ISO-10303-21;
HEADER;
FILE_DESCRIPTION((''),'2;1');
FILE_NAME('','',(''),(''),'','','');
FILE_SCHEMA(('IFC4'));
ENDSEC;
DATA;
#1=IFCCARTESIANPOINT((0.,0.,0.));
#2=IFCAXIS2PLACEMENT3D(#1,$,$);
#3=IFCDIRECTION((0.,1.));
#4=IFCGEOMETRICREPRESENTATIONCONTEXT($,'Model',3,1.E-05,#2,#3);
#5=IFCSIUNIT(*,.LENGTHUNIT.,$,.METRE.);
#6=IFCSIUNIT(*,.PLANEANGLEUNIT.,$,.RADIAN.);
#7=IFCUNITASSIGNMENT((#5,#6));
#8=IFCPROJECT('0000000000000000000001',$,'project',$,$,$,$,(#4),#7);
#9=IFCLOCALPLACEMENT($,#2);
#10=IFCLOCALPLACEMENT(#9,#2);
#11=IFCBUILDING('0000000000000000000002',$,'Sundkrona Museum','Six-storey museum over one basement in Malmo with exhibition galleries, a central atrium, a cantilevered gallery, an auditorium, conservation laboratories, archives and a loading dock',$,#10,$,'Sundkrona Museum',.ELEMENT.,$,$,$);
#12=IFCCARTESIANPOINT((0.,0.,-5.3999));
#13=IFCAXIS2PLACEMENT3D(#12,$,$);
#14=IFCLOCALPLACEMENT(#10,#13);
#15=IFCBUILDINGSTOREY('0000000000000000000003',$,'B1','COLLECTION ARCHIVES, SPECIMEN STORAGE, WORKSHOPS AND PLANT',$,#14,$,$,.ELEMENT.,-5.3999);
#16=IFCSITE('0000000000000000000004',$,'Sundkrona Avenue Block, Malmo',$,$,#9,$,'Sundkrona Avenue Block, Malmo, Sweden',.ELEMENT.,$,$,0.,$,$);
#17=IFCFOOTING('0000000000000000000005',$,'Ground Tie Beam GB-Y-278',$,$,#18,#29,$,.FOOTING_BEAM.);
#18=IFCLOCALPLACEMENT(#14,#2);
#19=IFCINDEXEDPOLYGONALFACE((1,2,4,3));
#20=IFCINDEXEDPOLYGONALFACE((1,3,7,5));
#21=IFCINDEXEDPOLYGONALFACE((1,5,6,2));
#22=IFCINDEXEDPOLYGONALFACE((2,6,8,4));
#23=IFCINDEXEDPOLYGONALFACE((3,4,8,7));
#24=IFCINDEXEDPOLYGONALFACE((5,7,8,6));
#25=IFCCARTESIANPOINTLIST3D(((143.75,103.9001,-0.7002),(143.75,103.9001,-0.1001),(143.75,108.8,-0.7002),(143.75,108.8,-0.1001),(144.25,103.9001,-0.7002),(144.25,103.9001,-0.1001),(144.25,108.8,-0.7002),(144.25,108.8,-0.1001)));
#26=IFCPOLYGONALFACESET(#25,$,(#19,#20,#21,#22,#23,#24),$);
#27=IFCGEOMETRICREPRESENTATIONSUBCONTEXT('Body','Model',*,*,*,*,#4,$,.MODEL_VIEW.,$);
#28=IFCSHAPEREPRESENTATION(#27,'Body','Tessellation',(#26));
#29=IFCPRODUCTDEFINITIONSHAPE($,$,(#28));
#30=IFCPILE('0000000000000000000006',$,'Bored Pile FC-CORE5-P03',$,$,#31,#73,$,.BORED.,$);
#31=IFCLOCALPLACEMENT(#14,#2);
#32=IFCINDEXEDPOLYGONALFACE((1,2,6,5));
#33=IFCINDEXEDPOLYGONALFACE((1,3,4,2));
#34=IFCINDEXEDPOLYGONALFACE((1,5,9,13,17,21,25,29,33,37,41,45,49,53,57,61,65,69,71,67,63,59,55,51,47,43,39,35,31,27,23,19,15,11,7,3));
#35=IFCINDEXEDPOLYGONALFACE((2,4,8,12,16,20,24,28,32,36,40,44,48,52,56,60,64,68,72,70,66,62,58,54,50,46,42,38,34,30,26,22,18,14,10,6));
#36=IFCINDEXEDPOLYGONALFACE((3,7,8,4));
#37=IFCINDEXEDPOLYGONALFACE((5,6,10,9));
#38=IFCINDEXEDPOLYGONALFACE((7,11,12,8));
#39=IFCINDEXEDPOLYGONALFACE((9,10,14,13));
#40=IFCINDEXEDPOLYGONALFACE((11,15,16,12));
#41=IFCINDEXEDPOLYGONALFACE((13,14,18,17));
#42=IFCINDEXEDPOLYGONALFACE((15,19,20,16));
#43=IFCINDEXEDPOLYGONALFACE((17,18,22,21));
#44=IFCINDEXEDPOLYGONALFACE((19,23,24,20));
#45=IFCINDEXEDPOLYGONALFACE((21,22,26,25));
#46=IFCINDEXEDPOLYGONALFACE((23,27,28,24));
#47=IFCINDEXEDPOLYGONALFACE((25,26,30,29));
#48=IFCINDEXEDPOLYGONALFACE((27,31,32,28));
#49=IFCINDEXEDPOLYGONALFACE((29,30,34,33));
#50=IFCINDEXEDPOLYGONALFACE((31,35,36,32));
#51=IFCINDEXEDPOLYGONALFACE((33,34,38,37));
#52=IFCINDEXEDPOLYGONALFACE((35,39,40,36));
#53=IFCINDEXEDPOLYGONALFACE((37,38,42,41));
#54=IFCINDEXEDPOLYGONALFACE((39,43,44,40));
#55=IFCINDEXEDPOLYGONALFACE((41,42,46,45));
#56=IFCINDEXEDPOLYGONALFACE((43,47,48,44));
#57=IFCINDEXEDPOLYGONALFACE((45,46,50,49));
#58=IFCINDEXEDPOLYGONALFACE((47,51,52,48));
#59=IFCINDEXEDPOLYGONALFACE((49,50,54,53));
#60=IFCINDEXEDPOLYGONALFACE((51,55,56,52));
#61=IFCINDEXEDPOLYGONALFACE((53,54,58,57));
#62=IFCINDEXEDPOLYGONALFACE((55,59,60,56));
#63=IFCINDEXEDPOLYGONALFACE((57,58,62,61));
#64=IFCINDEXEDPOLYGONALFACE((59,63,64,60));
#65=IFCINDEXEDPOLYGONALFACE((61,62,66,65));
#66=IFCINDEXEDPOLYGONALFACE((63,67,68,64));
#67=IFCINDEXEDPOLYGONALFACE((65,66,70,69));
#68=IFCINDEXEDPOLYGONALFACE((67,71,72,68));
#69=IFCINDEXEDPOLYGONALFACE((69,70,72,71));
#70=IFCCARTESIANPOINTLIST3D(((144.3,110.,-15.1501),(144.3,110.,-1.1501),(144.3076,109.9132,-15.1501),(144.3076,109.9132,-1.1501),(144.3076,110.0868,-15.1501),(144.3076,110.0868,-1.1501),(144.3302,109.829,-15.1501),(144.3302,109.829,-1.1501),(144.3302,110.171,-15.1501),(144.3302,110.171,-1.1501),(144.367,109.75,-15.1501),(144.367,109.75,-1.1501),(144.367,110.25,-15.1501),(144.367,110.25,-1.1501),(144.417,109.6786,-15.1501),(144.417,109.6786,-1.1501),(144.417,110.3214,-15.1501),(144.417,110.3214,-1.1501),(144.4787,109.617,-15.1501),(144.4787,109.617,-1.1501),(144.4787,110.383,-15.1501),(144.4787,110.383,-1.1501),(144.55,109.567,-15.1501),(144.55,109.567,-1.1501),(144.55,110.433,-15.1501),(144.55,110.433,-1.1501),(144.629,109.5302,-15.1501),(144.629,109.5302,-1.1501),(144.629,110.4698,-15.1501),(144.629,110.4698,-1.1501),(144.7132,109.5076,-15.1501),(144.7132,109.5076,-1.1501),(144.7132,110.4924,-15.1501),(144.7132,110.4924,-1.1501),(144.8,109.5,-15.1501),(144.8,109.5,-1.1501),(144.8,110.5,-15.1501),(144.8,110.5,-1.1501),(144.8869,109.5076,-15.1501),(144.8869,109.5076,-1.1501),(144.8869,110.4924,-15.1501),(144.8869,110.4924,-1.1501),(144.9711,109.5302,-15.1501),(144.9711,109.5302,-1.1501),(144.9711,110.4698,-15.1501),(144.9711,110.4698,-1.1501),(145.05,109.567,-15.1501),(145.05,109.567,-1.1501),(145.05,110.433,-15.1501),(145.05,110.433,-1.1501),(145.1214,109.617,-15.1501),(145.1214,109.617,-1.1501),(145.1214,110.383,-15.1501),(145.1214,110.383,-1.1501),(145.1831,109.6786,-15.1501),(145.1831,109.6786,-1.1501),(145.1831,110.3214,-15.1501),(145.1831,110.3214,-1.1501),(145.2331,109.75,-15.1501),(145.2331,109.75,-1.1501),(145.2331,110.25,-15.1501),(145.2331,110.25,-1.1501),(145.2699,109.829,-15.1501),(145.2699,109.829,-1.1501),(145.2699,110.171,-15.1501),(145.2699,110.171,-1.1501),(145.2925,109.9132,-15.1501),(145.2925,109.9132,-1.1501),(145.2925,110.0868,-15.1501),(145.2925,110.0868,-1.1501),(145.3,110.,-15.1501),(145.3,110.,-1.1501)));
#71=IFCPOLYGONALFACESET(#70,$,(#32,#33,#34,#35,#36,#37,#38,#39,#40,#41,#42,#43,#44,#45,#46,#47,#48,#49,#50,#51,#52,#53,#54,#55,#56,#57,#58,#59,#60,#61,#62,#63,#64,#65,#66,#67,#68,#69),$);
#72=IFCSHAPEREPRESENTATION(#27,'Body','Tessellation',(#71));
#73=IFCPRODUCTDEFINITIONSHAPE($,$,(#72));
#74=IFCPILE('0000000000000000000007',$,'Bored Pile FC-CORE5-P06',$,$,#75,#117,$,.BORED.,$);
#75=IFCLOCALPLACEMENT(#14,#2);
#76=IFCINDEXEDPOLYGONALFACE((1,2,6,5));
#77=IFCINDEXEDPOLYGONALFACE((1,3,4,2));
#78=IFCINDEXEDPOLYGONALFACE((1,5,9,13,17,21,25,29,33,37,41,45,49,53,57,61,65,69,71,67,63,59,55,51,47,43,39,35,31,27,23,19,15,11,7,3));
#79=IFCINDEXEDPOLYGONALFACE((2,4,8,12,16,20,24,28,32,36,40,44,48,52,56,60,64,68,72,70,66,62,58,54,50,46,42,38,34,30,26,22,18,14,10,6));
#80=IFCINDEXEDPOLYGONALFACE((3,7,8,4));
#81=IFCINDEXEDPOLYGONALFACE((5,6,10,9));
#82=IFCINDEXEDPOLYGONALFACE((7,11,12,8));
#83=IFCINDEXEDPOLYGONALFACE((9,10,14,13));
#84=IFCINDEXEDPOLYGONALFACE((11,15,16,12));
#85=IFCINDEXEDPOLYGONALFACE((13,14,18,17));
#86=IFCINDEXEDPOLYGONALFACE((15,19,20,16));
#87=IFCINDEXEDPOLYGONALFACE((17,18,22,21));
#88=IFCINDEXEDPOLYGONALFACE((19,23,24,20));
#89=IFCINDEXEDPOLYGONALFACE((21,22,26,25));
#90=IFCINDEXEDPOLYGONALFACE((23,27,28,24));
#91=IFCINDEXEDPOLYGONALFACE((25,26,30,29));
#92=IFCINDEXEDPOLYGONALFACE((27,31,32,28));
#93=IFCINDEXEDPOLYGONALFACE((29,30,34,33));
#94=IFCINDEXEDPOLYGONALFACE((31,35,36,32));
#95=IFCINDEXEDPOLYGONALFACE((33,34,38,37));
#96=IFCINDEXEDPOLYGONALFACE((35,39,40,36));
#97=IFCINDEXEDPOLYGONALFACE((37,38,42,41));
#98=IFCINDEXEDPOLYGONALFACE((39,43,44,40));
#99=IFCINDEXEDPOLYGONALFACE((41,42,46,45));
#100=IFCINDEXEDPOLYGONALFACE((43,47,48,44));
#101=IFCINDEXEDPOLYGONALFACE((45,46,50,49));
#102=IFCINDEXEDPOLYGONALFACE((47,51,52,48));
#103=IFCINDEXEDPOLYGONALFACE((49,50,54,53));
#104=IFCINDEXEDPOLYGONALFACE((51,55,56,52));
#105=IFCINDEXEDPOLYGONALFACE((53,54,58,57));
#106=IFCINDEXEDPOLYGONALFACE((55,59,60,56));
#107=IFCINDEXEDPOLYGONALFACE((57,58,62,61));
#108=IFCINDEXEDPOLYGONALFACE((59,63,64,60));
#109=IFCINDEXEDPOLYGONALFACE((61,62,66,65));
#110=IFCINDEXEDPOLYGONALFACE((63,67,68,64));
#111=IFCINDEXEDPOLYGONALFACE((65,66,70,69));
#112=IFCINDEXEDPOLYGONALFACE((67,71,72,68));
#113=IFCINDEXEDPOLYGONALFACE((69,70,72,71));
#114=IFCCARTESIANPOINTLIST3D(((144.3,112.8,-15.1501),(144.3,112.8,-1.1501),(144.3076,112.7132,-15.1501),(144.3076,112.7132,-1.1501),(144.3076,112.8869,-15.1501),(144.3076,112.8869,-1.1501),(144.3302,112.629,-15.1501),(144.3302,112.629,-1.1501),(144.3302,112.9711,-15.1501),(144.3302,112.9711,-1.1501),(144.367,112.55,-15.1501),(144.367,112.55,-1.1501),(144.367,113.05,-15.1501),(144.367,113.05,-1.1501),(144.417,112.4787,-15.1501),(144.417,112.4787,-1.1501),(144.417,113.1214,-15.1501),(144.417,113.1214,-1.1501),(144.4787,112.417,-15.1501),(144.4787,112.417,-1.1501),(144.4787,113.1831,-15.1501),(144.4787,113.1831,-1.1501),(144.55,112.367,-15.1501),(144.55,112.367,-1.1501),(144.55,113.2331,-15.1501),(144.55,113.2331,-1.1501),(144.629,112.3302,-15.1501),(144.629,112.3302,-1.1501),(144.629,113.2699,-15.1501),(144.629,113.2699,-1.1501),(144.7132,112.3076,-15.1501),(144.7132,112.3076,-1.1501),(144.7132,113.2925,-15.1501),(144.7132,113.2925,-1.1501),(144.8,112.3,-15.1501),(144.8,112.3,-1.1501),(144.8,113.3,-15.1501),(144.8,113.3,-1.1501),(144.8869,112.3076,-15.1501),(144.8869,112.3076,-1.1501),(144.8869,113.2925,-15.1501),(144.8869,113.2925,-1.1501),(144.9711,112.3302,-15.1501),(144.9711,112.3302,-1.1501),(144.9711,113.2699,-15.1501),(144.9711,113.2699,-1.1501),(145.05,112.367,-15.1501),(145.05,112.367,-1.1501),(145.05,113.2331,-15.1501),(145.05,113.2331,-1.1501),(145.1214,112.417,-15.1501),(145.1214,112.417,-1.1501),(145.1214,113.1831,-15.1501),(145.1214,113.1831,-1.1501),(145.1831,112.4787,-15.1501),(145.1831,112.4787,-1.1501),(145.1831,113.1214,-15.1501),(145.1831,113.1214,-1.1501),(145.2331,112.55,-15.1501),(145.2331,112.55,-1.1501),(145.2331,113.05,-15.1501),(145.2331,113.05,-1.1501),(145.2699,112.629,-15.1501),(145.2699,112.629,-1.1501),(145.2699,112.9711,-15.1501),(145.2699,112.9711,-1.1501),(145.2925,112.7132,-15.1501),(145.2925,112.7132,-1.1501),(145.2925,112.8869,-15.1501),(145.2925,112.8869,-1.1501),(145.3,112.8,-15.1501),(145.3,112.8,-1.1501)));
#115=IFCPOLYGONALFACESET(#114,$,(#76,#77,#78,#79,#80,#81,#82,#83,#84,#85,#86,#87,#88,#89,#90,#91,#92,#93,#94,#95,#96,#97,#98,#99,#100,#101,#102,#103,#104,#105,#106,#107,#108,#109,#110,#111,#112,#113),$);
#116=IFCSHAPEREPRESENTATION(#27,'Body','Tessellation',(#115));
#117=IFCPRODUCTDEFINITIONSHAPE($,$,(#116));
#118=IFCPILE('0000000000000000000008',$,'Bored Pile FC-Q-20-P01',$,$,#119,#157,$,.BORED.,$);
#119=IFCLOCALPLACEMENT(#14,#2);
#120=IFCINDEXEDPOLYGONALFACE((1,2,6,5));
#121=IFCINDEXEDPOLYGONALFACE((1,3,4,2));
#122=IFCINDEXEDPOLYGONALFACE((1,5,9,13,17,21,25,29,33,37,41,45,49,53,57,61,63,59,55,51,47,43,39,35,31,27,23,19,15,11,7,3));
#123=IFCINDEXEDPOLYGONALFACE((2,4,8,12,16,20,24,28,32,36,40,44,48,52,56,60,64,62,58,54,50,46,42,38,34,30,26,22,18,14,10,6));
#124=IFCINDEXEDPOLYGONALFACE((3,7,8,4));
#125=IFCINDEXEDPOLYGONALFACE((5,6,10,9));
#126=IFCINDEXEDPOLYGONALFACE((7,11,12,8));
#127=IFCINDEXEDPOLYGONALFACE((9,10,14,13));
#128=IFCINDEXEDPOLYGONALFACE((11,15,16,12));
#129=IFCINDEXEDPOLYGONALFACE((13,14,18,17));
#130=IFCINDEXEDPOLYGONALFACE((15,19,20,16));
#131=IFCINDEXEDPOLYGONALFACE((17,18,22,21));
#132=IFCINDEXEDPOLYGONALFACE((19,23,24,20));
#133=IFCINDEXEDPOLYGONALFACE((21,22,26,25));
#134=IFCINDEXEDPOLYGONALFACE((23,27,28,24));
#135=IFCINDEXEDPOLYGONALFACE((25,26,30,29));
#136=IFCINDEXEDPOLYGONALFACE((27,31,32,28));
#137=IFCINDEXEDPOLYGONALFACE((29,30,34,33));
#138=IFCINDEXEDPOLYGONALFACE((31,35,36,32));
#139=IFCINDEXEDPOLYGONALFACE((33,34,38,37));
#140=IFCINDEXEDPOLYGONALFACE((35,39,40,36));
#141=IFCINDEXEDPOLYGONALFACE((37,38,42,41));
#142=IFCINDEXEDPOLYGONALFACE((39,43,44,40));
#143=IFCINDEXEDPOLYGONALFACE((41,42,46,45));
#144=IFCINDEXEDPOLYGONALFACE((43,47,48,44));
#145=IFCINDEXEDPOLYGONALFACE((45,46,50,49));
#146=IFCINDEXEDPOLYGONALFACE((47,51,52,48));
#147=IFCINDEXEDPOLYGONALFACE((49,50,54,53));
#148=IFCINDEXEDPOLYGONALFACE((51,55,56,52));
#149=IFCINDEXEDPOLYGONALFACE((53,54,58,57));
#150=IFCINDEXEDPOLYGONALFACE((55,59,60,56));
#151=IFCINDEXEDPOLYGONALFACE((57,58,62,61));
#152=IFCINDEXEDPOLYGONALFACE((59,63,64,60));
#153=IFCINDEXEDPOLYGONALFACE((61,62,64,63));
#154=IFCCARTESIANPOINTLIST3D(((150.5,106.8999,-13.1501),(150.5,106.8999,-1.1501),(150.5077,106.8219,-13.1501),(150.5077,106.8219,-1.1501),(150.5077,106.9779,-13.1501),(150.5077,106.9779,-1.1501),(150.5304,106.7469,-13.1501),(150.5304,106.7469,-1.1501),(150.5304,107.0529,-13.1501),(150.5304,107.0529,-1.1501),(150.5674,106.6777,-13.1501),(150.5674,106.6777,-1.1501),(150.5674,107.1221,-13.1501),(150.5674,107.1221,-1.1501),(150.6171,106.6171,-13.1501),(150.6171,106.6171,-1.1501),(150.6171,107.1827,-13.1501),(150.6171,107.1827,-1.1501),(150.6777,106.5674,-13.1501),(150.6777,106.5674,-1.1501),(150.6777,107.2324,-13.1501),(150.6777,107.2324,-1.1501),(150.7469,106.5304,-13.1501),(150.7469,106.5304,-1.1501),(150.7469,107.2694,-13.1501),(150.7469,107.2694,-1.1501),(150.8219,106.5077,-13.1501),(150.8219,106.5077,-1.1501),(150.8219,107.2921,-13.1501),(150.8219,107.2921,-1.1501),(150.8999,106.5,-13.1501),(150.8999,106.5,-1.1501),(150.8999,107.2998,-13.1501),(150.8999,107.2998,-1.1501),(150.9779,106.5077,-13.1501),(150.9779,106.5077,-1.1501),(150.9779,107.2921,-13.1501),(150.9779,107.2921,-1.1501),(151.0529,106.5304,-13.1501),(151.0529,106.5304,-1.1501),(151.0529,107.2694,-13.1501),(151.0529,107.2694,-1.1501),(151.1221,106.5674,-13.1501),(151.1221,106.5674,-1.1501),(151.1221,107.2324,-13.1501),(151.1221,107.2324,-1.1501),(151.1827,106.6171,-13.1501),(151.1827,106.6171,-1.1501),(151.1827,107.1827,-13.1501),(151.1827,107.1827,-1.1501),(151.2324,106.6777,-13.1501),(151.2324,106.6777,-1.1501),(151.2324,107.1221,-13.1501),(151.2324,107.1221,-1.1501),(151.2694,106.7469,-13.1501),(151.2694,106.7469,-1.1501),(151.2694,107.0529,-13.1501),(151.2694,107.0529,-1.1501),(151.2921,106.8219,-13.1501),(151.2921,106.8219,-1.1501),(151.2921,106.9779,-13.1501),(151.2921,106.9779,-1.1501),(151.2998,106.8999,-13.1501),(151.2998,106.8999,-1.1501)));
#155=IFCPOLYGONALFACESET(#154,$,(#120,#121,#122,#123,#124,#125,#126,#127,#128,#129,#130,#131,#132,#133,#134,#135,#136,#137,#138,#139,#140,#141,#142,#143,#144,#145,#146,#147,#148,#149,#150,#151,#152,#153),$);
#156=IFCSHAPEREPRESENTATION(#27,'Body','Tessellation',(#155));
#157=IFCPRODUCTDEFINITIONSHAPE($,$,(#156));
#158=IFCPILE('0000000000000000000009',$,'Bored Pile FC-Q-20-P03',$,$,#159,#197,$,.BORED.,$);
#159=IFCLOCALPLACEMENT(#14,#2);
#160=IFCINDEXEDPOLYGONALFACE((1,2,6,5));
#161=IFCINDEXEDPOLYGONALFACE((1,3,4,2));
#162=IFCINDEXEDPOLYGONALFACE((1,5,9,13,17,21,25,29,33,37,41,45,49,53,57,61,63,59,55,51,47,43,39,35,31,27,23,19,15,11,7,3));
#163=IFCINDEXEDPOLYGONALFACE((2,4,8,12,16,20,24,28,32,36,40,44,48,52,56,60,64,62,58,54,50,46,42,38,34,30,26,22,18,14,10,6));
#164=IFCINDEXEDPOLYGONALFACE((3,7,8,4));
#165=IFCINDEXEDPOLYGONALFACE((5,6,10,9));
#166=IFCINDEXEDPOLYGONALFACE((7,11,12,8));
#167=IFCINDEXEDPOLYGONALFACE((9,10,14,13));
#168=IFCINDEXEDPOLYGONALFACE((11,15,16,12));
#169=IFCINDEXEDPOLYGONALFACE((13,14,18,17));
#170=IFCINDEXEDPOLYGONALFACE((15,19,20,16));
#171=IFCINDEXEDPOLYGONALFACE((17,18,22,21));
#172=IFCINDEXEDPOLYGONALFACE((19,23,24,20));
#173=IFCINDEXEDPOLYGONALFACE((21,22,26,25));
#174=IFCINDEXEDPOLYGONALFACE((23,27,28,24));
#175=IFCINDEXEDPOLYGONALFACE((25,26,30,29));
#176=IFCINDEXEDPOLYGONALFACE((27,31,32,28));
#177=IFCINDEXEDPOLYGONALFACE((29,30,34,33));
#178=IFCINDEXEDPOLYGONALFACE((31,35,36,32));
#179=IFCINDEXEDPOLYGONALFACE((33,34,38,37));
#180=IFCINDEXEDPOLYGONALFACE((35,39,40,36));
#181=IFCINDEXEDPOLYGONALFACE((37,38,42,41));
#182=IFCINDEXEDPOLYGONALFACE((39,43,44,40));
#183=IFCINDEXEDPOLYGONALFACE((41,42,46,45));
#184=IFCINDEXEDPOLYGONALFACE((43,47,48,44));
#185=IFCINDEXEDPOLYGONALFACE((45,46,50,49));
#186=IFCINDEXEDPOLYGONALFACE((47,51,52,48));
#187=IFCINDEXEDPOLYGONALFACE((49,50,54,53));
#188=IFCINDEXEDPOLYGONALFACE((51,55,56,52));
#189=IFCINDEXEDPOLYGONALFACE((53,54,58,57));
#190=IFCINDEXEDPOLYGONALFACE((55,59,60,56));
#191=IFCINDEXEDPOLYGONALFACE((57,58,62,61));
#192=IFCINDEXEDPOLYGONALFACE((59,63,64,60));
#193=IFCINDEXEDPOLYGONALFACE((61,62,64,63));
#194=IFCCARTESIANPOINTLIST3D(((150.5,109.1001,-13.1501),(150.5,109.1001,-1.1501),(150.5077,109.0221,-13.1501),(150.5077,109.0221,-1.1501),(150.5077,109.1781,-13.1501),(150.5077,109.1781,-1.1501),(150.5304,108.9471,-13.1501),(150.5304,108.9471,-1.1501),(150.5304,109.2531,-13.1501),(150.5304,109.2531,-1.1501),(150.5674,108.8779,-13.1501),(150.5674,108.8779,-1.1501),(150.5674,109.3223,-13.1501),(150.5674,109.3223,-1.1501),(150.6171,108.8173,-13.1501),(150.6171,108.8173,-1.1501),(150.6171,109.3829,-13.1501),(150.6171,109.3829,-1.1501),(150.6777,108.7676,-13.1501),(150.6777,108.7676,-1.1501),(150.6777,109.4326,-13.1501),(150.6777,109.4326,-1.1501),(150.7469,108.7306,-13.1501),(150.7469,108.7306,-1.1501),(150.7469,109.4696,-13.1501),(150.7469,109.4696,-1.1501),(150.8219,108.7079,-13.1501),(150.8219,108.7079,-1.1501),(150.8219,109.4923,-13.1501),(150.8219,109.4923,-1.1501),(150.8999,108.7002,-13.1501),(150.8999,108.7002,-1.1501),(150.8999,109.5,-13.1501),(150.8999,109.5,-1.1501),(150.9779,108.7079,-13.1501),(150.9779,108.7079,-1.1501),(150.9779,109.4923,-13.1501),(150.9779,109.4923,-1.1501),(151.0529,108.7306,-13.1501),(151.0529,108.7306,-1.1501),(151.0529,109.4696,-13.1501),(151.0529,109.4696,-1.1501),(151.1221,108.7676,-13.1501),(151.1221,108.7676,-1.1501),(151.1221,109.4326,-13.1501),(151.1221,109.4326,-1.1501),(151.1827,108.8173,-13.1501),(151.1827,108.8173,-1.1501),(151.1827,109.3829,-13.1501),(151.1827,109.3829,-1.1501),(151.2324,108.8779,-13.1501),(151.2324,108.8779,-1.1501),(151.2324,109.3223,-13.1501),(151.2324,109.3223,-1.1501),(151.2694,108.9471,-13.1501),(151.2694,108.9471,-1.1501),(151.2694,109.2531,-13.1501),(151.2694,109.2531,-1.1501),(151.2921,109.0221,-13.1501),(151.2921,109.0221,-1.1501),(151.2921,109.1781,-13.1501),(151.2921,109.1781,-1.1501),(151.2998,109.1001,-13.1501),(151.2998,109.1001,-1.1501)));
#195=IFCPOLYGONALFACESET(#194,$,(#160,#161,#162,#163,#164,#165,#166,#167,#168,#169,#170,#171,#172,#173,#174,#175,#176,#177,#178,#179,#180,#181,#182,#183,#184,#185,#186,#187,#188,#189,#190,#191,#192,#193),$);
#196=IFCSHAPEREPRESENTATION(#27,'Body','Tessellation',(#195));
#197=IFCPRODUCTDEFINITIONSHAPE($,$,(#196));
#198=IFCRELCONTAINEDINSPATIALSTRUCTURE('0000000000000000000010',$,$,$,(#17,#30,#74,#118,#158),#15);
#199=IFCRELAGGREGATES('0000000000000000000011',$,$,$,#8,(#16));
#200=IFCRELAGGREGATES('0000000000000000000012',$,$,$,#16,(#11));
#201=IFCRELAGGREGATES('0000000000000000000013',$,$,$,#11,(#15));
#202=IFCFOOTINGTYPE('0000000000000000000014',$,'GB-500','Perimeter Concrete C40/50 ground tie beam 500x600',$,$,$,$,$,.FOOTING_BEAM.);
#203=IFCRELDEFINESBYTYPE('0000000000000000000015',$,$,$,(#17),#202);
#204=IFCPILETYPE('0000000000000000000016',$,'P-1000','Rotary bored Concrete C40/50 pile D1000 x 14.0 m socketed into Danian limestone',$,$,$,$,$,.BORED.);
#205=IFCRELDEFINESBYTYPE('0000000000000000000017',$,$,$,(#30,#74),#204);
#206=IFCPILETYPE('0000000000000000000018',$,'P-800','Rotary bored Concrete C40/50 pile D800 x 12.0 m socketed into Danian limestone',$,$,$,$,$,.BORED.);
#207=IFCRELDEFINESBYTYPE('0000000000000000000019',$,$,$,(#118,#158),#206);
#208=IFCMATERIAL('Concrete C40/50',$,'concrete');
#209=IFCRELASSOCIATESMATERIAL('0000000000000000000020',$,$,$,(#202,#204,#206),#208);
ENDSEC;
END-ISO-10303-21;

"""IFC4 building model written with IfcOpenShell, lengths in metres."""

from ifc_helpers import new_model, si_unit, direction, frame, origin, origin_2d, place, context, subcontext, project, spatial, rectangle, circle, extrude, material, material_profile, profile_set, type_object, element, save


model = new_model("IFC4")

# Units and contexts
model_context = context("Model", 3, precision=1e-05, world=origin(), true_north=direction((0.0, 1.0)))
body_context = subcontext(model_context, "Body", "Model", "MODEL_VIEW")
ifc_project = project(units=[si_unit("LENGTHUNIT", "METRE"), si_unit("PLANEANGLEUNIT", "RADIAN")], contexts=[model_context])

# Site, building, storey
site_placement = place(None, origin())
site = spatial("IfcSite", under=ifc_project, at=site_placement, Name="Sundkrona Avenue Block, Malmo", LongName="Sundkrona Avenue Block, Malmo, Sweden", CompositionType="ELEMENT", RefElevation=0.0)
building_placement = place(site_placement, origin())
building = spatial("IfcBuilding", under=site, at=building_placement, Name="Sundkrona Museum", Description="Six-storey museum over one basement in Malmo with exhibition galleries, a central atrium, a cantilevered gallery, an auditorium, conservation laboratories, archives and a loading dock", LongName="Sundkrona Museum", CompositionType="ELEMENT")
storey_placement = place(building_placement, frame((0.0, 0.0, -5.3999)))
storey = spatial("IfcBuildingStorey", under=building, at=storey_placement, Name="B1", Description="COLLECTION ARCHIVES, SPECIMEN STORAGE, WORKSHOPS AND PLANT", CompositionType="ELEMENT", Elevation=-5.3999)

# Footing
ifc_material_1 = material(Name="Concrete C40/50", Category="concrete")
footing_type = type_object("IfcFootingType", Name="GB-500", Description="Perimeter Concrete C40/50 ground tie beam 500x600", PredefinedType="FOOTING_BEAM", material=ifc_material_1)
footing_placement = place(storey_placement, frame((144.0, 106.3501, -0.7002), z_axis=(0.0, 0.0, 1.0), x_axis=(0.0, 1.0, 0.0)))
element("IfcFooting", 1, at=footing_placement, inside=storey, type_object=footing_type, Name="Ground Tie Beam GB-Y-278", PredefinedType="FOOTING_BEAM", context=body_context, shape_type="SweptSolid", body=[
    extrude(rectangle(XDim=4.8999, YDim=0.5, at=origin_2d()), origin(), (0.0, 0.0, 1.0), 0.6001),
])

# Piles
ifc_material_profile_1 = material_profile(ifc_material_1, circle(Radius=0.5, at=origin_2d()), Name="PILE D1000")
ifc_profile_set_1 = profile_set([ifc_material_profile_1], Name="Concrete C40/50")
pile_type_1 = type_object("IfcPileType", Name="P-1000", Description="Rotary bored Concrete C40/50 pile D1000 x 14.0 m socketed into Danian limestone", PredefinedType="BORED", material=ifc_profile_set_1)
for number, where, z_axis, x_axis, name in (
    (2, (144.8, 110.0, -1.1501), (0.0, 0.0, -1.0), (1.0, 0.0, 0.0), "Bored Pile FC-CORE5-P03"),
    (3, (144.8, 112.8, -1.1501), (0.0, 0.0, -1.0), (1.0, 0.0, 0.0), "Bored Pile FC-CORE5-P06"),
):
    element("IfcPile", number, at=place(storey_placement, frame(where, z_axis=z_axis, x_axis=x_axis)), inside=storey, type_object=pile_type_1, Name=name, PredefinedType="BORED", context=body_context, shape_type="SweptSolid", body=[
        extrude(circle(Radius=0.5, at=origin_2d()), origin(), (0.0, 0.0, 1.0), 14.0),
    ])
ifc_material_profile_2 = material_profile(ifc_material_1, circle(Radius=0.3999, at=origin_2d()), Name="PILE D800")
ifc_profile_set_2 = profile_set([ifc_material_profile_2], Name="Concrete C40/50")
pile_type_2 = type_object("IfcPileType", Name="P-800", Description="Rotary bored Concrete C40/50 pile D800 x 12.0 m socketed into Danian limestone", PredefinedType="BORED", material=ifc_profile_set_2)
for number, where, z_axis, x_axis, name in (
    (4, (150.8999, 106.8999, -1.1501), (0.0, 0.0, -1.0), (1.0, 0.0, 0.0), "Bored Pile FC-Q-20-P01"),
    (5, (150.8999, 109.1001, -1.1501), (0.0, 0.0, -1.0), (1.0, 0.0, 0.0), "Bored Pile FC-Q-20-P03"),
):
    element("IfcPile", number, at=place(storey_placement, frame(where, z_axis=z_axis, x_axis=x_axis)), inside=storey, type_object=pile_type_2, Name=name, PredefinedType="BORED", context=body_context, shape_type="SweptSolid", body=[
        extrude(circle(Radius=0.3999, at=origin_2d()), origin(), (0.0, 0.0, 1.0), 12.0),
    ])

save(model, "model.ifc")
